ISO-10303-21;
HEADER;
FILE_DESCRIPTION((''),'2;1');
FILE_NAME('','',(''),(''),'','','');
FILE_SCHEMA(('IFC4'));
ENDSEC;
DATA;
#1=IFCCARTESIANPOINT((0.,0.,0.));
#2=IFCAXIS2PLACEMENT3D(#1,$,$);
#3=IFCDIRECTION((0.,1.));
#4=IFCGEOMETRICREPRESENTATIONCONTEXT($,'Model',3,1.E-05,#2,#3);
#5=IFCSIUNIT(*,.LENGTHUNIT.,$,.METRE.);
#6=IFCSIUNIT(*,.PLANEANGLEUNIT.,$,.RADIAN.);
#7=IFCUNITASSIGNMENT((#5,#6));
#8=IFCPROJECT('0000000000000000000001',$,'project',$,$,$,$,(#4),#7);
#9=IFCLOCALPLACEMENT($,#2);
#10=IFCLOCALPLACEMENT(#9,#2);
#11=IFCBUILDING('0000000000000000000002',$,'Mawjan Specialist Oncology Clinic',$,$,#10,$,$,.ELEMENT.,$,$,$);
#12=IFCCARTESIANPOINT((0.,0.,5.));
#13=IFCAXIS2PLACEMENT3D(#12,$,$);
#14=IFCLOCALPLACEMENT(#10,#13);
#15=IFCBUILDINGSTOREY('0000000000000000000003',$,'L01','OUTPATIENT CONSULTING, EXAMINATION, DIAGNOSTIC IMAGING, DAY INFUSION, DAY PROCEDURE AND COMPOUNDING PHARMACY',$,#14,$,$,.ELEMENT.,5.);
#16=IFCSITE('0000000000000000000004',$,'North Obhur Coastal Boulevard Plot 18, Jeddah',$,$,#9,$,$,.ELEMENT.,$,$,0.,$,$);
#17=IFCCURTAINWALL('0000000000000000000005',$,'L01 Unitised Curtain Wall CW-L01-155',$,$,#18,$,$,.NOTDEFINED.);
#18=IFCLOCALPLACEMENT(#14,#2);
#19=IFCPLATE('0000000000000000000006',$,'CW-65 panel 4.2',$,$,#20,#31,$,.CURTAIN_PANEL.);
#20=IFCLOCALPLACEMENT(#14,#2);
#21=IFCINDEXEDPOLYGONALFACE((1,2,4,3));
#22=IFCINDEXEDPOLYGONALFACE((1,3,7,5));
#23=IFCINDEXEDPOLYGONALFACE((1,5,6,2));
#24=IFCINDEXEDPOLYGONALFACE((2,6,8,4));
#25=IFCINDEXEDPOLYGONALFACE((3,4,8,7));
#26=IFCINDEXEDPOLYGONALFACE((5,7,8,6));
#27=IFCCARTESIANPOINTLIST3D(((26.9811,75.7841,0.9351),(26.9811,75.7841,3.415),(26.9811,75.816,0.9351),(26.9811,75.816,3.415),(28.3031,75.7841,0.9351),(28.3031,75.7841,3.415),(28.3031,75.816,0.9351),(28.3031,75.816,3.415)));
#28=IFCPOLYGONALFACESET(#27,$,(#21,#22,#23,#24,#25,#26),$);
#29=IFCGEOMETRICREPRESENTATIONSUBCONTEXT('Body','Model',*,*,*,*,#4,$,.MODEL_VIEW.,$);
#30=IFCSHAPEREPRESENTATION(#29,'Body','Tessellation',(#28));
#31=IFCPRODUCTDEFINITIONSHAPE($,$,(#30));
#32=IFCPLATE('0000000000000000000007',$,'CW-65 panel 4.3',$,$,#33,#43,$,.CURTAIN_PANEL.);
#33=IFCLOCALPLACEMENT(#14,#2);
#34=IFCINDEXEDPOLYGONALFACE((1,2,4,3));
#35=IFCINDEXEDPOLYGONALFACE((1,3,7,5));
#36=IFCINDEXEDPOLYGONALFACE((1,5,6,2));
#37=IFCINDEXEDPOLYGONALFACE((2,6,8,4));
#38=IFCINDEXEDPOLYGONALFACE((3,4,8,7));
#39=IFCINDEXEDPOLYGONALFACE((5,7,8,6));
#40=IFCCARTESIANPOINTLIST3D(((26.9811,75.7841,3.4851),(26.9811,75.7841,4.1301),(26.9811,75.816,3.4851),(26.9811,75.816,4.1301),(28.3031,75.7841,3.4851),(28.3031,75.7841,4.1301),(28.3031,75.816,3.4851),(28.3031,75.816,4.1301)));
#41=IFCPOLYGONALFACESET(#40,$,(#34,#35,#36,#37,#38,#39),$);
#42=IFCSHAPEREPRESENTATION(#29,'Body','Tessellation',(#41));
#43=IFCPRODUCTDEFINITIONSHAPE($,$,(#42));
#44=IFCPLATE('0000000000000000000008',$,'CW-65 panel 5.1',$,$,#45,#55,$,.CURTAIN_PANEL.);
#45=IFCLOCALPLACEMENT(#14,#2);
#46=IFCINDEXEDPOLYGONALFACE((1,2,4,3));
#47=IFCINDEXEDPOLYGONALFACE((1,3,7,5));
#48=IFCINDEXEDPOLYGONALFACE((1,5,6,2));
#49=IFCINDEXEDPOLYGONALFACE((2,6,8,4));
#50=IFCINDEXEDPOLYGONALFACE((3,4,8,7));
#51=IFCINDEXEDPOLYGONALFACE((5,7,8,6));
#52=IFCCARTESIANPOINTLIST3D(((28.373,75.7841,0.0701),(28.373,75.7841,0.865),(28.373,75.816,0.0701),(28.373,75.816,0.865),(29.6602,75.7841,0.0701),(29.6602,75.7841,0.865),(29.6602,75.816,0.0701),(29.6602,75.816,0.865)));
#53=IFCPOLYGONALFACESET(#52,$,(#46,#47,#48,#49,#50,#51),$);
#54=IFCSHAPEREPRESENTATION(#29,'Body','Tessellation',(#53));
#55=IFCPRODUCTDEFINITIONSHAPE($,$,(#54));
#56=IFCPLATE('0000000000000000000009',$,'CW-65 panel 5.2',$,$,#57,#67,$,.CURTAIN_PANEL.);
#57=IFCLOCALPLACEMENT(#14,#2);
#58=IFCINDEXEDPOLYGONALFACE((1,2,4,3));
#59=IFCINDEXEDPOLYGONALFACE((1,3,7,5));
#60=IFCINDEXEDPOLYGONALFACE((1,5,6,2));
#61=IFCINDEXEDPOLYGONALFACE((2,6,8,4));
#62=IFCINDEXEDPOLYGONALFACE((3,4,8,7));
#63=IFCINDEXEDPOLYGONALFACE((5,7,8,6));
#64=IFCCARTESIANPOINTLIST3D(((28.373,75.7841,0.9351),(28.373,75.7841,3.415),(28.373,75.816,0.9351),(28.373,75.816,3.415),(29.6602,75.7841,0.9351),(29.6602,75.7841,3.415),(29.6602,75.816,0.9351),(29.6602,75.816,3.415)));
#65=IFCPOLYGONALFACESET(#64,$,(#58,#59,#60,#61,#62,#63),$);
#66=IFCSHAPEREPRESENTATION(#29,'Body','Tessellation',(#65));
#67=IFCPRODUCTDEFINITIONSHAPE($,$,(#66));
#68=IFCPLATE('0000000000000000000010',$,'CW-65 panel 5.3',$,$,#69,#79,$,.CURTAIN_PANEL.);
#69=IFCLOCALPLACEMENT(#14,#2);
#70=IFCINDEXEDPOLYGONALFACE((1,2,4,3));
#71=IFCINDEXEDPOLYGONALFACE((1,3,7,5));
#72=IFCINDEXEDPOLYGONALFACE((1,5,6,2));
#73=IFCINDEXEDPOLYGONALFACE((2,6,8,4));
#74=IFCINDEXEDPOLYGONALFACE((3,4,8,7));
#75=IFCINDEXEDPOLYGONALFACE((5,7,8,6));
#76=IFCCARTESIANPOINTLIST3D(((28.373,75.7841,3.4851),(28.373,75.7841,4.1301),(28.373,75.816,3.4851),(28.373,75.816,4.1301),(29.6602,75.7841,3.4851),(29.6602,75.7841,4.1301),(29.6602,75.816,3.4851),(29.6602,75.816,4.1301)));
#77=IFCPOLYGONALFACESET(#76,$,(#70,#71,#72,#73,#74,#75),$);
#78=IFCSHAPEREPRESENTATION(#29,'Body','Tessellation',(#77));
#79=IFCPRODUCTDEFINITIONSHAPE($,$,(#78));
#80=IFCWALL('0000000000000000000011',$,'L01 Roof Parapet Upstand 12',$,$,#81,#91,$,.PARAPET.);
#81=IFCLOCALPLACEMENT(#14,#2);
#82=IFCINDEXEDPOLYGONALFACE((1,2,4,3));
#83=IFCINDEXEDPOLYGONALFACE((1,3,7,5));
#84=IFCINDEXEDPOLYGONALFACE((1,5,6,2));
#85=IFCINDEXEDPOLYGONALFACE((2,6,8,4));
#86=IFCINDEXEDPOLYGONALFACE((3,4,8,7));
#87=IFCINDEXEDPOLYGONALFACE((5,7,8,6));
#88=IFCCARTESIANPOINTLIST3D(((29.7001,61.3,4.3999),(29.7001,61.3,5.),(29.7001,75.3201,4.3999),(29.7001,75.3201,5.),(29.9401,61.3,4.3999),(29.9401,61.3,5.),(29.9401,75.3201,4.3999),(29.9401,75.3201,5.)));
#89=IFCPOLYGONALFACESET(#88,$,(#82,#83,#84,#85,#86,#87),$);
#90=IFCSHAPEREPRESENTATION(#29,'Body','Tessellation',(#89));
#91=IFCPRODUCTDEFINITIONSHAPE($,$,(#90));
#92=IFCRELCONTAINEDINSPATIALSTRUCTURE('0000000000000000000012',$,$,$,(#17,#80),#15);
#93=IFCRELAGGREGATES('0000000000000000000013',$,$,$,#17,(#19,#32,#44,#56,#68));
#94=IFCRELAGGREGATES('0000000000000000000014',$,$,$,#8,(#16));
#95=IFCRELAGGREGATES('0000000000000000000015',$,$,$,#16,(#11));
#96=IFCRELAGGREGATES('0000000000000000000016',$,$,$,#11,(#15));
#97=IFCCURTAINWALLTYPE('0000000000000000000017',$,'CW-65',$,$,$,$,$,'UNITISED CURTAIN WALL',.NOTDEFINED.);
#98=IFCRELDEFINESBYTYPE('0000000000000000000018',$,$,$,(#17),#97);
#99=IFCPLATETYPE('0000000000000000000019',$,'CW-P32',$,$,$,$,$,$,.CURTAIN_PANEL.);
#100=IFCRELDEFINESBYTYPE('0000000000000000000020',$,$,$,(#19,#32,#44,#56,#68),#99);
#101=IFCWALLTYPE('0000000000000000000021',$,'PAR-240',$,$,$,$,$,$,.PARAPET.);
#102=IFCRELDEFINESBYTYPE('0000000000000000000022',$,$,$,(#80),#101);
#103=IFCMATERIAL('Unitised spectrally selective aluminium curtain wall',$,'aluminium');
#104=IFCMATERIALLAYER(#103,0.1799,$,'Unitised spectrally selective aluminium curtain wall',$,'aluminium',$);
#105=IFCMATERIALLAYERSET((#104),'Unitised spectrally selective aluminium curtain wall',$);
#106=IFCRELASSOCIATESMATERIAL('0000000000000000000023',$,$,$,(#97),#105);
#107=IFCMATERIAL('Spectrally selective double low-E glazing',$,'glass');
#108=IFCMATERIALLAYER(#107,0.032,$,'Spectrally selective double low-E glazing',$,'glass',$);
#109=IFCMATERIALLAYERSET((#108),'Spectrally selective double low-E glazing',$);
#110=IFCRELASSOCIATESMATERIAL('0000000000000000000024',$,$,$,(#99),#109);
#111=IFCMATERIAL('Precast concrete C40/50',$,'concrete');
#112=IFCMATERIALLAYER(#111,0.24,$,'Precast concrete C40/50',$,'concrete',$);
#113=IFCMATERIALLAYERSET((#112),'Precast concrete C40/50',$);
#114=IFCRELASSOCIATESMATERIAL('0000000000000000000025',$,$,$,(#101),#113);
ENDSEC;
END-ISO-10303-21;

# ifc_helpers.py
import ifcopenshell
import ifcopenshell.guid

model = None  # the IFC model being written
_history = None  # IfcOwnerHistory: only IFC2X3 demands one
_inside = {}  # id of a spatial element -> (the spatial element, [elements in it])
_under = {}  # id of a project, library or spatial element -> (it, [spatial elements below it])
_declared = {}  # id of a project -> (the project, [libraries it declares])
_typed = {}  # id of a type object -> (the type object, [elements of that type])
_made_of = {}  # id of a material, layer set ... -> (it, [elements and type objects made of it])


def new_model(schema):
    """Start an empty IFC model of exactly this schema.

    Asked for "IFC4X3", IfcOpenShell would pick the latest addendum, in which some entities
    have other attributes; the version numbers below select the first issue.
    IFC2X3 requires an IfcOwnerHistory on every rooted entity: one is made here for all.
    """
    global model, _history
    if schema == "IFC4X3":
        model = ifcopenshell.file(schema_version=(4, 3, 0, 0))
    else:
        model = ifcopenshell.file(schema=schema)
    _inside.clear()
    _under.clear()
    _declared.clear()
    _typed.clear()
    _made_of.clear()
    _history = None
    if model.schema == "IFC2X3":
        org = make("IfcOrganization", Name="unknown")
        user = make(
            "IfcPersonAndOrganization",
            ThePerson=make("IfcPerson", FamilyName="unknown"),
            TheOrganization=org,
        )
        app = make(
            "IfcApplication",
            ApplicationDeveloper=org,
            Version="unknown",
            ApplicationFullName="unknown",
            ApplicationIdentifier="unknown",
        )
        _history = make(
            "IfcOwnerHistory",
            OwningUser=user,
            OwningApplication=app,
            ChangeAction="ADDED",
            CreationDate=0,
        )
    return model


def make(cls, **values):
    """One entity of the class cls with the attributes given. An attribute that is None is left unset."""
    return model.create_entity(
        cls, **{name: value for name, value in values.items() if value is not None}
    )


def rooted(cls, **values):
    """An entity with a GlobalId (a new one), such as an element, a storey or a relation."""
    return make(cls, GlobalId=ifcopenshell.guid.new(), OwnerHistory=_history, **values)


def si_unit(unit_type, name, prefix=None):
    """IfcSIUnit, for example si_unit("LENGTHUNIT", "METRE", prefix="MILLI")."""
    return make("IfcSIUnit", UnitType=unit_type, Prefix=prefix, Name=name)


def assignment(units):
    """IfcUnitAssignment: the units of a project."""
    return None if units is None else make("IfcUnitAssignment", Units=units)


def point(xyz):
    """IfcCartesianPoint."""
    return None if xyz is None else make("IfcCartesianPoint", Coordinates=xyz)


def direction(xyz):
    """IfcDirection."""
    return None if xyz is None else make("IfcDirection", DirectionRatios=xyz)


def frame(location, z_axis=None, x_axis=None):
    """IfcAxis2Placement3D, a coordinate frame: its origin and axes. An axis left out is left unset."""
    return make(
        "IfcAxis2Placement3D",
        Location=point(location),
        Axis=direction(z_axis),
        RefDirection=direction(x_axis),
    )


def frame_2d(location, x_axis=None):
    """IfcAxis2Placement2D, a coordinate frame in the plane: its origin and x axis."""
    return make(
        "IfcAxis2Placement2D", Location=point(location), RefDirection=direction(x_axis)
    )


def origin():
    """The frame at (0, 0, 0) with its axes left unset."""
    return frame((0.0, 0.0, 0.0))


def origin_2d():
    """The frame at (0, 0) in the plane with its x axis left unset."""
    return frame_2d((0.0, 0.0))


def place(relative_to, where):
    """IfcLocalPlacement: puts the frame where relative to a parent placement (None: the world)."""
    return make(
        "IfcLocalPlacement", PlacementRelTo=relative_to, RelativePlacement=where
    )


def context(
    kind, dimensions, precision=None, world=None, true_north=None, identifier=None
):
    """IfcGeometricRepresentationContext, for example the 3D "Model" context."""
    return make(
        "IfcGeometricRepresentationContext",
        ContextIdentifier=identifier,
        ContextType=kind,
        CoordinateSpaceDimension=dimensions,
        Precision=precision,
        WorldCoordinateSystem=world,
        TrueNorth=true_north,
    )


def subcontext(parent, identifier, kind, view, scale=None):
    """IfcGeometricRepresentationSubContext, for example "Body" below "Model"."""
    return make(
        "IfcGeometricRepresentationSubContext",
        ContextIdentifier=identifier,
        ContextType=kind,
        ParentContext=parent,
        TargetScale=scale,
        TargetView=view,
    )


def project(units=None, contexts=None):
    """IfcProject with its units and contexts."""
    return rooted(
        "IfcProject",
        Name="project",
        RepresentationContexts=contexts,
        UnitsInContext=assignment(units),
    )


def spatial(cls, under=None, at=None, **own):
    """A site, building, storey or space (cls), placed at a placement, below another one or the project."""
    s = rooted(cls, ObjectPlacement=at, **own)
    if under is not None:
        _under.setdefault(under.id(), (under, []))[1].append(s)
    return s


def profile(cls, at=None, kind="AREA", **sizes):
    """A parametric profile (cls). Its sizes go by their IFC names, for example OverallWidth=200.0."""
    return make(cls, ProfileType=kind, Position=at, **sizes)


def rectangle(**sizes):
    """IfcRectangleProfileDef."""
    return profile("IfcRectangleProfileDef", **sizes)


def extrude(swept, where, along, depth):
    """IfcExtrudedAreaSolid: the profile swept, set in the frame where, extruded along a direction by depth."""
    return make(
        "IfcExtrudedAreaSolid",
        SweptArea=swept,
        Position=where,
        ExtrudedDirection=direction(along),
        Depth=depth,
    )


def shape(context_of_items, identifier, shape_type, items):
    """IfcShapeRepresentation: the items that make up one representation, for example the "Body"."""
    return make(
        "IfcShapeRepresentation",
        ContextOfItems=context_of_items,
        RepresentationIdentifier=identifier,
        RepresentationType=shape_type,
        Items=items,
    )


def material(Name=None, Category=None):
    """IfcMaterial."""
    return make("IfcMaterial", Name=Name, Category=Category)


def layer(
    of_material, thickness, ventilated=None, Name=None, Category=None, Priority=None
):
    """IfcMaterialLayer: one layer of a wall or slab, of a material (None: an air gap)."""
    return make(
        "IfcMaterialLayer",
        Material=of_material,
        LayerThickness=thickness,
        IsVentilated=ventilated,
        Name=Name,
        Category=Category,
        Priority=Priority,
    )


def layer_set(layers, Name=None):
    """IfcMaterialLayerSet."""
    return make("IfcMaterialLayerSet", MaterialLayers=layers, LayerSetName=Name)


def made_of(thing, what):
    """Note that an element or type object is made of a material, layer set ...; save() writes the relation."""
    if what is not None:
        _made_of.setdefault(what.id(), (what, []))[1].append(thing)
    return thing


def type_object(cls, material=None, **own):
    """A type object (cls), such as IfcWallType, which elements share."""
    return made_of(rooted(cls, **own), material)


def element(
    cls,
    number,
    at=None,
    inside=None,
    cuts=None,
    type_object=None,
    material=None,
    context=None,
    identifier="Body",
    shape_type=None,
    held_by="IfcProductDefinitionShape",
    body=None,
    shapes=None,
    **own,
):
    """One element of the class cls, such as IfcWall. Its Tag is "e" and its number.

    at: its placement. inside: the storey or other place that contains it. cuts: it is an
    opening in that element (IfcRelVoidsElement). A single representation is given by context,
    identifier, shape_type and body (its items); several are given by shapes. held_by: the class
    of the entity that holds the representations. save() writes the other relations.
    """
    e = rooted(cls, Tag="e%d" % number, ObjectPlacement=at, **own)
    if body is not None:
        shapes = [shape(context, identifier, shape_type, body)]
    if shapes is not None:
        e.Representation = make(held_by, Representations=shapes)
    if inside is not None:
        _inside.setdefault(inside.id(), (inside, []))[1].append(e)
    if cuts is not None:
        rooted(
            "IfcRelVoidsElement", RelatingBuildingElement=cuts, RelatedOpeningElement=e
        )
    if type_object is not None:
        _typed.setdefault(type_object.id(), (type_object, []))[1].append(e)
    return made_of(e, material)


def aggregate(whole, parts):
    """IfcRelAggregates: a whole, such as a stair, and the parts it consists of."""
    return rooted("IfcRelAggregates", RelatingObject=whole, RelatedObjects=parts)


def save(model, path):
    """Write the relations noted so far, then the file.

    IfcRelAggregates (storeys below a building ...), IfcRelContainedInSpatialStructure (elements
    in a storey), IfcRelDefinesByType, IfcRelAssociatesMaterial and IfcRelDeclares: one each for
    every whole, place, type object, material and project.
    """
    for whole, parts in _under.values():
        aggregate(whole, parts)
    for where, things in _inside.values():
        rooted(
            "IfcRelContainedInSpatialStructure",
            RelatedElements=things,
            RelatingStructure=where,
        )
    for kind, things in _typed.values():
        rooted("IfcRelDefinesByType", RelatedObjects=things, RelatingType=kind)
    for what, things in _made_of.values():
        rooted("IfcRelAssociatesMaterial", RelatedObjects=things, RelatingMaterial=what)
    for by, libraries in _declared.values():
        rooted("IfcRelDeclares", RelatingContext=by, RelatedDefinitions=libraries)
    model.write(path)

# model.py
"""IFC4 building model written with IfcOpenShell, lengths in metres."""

from ifc_helpers import new_model, si_unit, direction, frame, frame_2d, origin, origin_2d, place, context, subcontext, project, spatial, rectangle, extrude, material, layer, layer_set, type_object, element, aggregate, save


model = new_model("IFC4")

# Units and contexts
model_context = context("Model", 3, precision=1e-05, world=origin(), true_north=direction((0.0, 1.0)))
body_context = subcontext(model_context, "Body", "Model", "MODEL_VIEW")
ifc_project = project(units=[si_unit("LENGTHUNIT", "METRE"), si_unit("PLANEANGLEUNIT", "RADIAN")], contexts=[model_context])

# Site, building, storey
site_placement = place(None, origin())
site = spatial("IfcSite", under=ifc_project, at=site_placement, Name="North Obhur Coastal Boulevard Plot 18, Jeddah", CompositionType="ELEMENT", RefElevation=0.0)
building_placement = place(site_placement, origin())
building = spatial("IfcBuilding", under=site, at=building_placement, Name="Mawjan Specialist Oncology Clinic", CompositionType="ELEMENT")
storey_placement = place(building_placement, frame((0.0, 0.0, 5.0)))
storey = spatial("IfcBuildingStorey", under=building, at=storey_placement, Name="L01", Description="OUTPATIENT CONSULTING, EXAMINATION, DIAGNOSTIC IMAGING, DAY INFUSION, DAY PROCEDURE AND COMPOUNDING PHARMACY", CompositionType="ELEMENT", Elevation=5.0)

# Curtain wall
ifc_material_1 = material(Name="Unitised spectrally selective aluminium curtain wall", Category="aluminium")
ifc_layer_1 = layer(ifc_material_1, 0.1799, Name="Unitised spectrally selective aluminium curtain wall", Category="aluminium")
ifc_layer_set_1 = layer_set([ifc_layer_1], Name="Unitised spectrally selective aluminium curtain wall")
curtain_wall_type_1 = type_object("IfcCurtainWallType", Name="CW-65", ElementType="UNITISED CURTAIN WALL", PredefinedType="NOTDEFINED", material=ifc_layer_set_1)
curtain_wall_1_placement = place(storey_placement, origin())
curtain_wall_1 = element("IfcCurtainWall", 1, at=curtain_wall_1_placement, inside=storey, type_object=curtain_wall_type_1, Name="L01 Unitised Curtain Wall CW-L01-155", PredefinedType="NOTDEFINED")

# Plates
ifc_material_2 = material(Name="Spectrally selective double low-E glazing", Category="glass")
ifc_layer_2 = layer(ifc_material_2, 0.032, Name="Spectrally selective double low-E glazing", Category="glass")
ifc_layer_set_2 = layer_set([ifc_layer_2], Name="Spectrally selective double low-E glazing")
plate_type = type_object("IfcPlateType", Name="CW-P32", PredefinedType="CURTAIN_PANEL", material=ifc_layer_set_2)
plate_1_placement = place(storey_placement, frame((27.6421, 75.8, 0.9351), z_axis=(0.0, 0.0, 1.0), x_axis=(1.0, 0.0, 0.0)))
plate_1 = element("IfcPlate", 2, at=plate_1_placement, type_object=plate_type, Name="CW-65 panel 4.2", PredefinedType="CURTAIN_PANEL", context=body_context, shape_type="SweptSolid", body=[
    extrude(rectangle(XDim=1.322, YDim=0.032, at=origin_2d()), origin(), (0.0, 0.0, 1.0), 2.48),
])
plate_2_placement = place(storey_placement, frame((27.6421, 75.8, 3.4851), z_axis=(0.0, 0.0, 1.0), x_axis=(1.0, 0.0, 0.0)))
plate_2 = element("IfcPlate", 3, at=plate_2_placement, type_object=plate_type, Name="CW-65 panel 4.3", PredefinedType="CURTAIN_PANEL", context=body_context, shape_type="SweptSolid", body=[
    extrude(rectangle(XDim=1.322, YDim=0.032, at=origin_2d()), origin(), (0.0, 0.0, 1.0), 0.645),
])
plate_3_placement = place(storey_placement, frame((29.0166, 75.8, 0.0701), z_axis=(0.0, 0.0, 1.0), x_axis=(1.0, 0.0, 0.0)))
plate_3 = element("IfcPlate", 4, at=plate_3_placement, type_object=plate_type, Name="CW-65 panel 5.1", PredefinedType="CURTAIN_PANEL", context=body_context, shape_type="SweptSolid", body=[
    extrude(rectangle(XDim=1.2871, YDim=0.032, at=origin_2d()), origin(), (0.0, 0.0, 1.0), 0.7949),
])
plate_4_placement = place(storey_placement, frame((29.0166, 75.8, 0.9351), z_axis=(0.0, 0.0, 1.0), x_axis=(1.0, 0.0, 0.0)))
plate_4 = element("IfcPlate", 5, at=plate_4_placement, type_object=plate_type, Name="CW-65 panel 5.2", PredefinedType="CURTAIN_PANEL", context=body_context, shape_type="SweptSolid", body=[
    extrude(rectangle(XDim=1.2871, YDim=0.032, at=origin_2d()), origin(), (0.0, 0.0, 1.0), 2.48),
])
plate_5_placement = place(storey_placement, frame((29.0166, 75.8, 3.4851), z_axis=(0.0, 0.0, 1.0), x_axis=(1.0, 0.0, 0.0)))
plate_5 = element("IfcPlate", 6, at=plate_5_placement, type_object=plate_type, Name="CW-65 panel 5.3", PredefinedType="CURTAIN_PANEL", context=body_context, shape_type="SweptSolid", body=[
    extrude(rectangle(XDim=1.2871, YDim=0.032, at=origin_2d()), origin(), (0.0, 0.0, 1.0), 0.645),
])
aggregate(curtain_wall_1, [plate_1, plate_2, plate_3, plate_4, plate_5])

# Wall
ifc_material_3 = material(Name="Precast concrete C40/50", Category="concrete")
ifc_layer_3 = layer(ifc_material_3, 0.24, Name="Precast concrete C40/50", Category="concrete")
ifc_layer_set_3 = layer_set([ifc_layer_3], Name="Precast concrete C40/50")
wall_type_1 = type_object("IfcWallType", Name="PAR-240", PredefinedType="PARAPET", material=ifc_layer_set_3)
wall_1_placement = place(storey_placement, frame((29.8201, 75.3201, 4.3999), z_axis=(0.0, 0.0, 1.0), x_axis=(0.0, -1.0, 0.0)))
element("IfcWall", 7, at=wall_1_placement, inside=storey, type_object=wall_type_1, Name="L01 Roof Parapet Upstand 12", PredefinedType="PARAPET", context=body_context, shape_type="SweptSolid", body=[
    extrude(rectangle(XDim=14.02, YDim=0.24, at=frame_2d((7.01, 0.0))), origin(), (0.0, 0.0, 1.0), 0.6001),
])

save(model, "model.ifc")
